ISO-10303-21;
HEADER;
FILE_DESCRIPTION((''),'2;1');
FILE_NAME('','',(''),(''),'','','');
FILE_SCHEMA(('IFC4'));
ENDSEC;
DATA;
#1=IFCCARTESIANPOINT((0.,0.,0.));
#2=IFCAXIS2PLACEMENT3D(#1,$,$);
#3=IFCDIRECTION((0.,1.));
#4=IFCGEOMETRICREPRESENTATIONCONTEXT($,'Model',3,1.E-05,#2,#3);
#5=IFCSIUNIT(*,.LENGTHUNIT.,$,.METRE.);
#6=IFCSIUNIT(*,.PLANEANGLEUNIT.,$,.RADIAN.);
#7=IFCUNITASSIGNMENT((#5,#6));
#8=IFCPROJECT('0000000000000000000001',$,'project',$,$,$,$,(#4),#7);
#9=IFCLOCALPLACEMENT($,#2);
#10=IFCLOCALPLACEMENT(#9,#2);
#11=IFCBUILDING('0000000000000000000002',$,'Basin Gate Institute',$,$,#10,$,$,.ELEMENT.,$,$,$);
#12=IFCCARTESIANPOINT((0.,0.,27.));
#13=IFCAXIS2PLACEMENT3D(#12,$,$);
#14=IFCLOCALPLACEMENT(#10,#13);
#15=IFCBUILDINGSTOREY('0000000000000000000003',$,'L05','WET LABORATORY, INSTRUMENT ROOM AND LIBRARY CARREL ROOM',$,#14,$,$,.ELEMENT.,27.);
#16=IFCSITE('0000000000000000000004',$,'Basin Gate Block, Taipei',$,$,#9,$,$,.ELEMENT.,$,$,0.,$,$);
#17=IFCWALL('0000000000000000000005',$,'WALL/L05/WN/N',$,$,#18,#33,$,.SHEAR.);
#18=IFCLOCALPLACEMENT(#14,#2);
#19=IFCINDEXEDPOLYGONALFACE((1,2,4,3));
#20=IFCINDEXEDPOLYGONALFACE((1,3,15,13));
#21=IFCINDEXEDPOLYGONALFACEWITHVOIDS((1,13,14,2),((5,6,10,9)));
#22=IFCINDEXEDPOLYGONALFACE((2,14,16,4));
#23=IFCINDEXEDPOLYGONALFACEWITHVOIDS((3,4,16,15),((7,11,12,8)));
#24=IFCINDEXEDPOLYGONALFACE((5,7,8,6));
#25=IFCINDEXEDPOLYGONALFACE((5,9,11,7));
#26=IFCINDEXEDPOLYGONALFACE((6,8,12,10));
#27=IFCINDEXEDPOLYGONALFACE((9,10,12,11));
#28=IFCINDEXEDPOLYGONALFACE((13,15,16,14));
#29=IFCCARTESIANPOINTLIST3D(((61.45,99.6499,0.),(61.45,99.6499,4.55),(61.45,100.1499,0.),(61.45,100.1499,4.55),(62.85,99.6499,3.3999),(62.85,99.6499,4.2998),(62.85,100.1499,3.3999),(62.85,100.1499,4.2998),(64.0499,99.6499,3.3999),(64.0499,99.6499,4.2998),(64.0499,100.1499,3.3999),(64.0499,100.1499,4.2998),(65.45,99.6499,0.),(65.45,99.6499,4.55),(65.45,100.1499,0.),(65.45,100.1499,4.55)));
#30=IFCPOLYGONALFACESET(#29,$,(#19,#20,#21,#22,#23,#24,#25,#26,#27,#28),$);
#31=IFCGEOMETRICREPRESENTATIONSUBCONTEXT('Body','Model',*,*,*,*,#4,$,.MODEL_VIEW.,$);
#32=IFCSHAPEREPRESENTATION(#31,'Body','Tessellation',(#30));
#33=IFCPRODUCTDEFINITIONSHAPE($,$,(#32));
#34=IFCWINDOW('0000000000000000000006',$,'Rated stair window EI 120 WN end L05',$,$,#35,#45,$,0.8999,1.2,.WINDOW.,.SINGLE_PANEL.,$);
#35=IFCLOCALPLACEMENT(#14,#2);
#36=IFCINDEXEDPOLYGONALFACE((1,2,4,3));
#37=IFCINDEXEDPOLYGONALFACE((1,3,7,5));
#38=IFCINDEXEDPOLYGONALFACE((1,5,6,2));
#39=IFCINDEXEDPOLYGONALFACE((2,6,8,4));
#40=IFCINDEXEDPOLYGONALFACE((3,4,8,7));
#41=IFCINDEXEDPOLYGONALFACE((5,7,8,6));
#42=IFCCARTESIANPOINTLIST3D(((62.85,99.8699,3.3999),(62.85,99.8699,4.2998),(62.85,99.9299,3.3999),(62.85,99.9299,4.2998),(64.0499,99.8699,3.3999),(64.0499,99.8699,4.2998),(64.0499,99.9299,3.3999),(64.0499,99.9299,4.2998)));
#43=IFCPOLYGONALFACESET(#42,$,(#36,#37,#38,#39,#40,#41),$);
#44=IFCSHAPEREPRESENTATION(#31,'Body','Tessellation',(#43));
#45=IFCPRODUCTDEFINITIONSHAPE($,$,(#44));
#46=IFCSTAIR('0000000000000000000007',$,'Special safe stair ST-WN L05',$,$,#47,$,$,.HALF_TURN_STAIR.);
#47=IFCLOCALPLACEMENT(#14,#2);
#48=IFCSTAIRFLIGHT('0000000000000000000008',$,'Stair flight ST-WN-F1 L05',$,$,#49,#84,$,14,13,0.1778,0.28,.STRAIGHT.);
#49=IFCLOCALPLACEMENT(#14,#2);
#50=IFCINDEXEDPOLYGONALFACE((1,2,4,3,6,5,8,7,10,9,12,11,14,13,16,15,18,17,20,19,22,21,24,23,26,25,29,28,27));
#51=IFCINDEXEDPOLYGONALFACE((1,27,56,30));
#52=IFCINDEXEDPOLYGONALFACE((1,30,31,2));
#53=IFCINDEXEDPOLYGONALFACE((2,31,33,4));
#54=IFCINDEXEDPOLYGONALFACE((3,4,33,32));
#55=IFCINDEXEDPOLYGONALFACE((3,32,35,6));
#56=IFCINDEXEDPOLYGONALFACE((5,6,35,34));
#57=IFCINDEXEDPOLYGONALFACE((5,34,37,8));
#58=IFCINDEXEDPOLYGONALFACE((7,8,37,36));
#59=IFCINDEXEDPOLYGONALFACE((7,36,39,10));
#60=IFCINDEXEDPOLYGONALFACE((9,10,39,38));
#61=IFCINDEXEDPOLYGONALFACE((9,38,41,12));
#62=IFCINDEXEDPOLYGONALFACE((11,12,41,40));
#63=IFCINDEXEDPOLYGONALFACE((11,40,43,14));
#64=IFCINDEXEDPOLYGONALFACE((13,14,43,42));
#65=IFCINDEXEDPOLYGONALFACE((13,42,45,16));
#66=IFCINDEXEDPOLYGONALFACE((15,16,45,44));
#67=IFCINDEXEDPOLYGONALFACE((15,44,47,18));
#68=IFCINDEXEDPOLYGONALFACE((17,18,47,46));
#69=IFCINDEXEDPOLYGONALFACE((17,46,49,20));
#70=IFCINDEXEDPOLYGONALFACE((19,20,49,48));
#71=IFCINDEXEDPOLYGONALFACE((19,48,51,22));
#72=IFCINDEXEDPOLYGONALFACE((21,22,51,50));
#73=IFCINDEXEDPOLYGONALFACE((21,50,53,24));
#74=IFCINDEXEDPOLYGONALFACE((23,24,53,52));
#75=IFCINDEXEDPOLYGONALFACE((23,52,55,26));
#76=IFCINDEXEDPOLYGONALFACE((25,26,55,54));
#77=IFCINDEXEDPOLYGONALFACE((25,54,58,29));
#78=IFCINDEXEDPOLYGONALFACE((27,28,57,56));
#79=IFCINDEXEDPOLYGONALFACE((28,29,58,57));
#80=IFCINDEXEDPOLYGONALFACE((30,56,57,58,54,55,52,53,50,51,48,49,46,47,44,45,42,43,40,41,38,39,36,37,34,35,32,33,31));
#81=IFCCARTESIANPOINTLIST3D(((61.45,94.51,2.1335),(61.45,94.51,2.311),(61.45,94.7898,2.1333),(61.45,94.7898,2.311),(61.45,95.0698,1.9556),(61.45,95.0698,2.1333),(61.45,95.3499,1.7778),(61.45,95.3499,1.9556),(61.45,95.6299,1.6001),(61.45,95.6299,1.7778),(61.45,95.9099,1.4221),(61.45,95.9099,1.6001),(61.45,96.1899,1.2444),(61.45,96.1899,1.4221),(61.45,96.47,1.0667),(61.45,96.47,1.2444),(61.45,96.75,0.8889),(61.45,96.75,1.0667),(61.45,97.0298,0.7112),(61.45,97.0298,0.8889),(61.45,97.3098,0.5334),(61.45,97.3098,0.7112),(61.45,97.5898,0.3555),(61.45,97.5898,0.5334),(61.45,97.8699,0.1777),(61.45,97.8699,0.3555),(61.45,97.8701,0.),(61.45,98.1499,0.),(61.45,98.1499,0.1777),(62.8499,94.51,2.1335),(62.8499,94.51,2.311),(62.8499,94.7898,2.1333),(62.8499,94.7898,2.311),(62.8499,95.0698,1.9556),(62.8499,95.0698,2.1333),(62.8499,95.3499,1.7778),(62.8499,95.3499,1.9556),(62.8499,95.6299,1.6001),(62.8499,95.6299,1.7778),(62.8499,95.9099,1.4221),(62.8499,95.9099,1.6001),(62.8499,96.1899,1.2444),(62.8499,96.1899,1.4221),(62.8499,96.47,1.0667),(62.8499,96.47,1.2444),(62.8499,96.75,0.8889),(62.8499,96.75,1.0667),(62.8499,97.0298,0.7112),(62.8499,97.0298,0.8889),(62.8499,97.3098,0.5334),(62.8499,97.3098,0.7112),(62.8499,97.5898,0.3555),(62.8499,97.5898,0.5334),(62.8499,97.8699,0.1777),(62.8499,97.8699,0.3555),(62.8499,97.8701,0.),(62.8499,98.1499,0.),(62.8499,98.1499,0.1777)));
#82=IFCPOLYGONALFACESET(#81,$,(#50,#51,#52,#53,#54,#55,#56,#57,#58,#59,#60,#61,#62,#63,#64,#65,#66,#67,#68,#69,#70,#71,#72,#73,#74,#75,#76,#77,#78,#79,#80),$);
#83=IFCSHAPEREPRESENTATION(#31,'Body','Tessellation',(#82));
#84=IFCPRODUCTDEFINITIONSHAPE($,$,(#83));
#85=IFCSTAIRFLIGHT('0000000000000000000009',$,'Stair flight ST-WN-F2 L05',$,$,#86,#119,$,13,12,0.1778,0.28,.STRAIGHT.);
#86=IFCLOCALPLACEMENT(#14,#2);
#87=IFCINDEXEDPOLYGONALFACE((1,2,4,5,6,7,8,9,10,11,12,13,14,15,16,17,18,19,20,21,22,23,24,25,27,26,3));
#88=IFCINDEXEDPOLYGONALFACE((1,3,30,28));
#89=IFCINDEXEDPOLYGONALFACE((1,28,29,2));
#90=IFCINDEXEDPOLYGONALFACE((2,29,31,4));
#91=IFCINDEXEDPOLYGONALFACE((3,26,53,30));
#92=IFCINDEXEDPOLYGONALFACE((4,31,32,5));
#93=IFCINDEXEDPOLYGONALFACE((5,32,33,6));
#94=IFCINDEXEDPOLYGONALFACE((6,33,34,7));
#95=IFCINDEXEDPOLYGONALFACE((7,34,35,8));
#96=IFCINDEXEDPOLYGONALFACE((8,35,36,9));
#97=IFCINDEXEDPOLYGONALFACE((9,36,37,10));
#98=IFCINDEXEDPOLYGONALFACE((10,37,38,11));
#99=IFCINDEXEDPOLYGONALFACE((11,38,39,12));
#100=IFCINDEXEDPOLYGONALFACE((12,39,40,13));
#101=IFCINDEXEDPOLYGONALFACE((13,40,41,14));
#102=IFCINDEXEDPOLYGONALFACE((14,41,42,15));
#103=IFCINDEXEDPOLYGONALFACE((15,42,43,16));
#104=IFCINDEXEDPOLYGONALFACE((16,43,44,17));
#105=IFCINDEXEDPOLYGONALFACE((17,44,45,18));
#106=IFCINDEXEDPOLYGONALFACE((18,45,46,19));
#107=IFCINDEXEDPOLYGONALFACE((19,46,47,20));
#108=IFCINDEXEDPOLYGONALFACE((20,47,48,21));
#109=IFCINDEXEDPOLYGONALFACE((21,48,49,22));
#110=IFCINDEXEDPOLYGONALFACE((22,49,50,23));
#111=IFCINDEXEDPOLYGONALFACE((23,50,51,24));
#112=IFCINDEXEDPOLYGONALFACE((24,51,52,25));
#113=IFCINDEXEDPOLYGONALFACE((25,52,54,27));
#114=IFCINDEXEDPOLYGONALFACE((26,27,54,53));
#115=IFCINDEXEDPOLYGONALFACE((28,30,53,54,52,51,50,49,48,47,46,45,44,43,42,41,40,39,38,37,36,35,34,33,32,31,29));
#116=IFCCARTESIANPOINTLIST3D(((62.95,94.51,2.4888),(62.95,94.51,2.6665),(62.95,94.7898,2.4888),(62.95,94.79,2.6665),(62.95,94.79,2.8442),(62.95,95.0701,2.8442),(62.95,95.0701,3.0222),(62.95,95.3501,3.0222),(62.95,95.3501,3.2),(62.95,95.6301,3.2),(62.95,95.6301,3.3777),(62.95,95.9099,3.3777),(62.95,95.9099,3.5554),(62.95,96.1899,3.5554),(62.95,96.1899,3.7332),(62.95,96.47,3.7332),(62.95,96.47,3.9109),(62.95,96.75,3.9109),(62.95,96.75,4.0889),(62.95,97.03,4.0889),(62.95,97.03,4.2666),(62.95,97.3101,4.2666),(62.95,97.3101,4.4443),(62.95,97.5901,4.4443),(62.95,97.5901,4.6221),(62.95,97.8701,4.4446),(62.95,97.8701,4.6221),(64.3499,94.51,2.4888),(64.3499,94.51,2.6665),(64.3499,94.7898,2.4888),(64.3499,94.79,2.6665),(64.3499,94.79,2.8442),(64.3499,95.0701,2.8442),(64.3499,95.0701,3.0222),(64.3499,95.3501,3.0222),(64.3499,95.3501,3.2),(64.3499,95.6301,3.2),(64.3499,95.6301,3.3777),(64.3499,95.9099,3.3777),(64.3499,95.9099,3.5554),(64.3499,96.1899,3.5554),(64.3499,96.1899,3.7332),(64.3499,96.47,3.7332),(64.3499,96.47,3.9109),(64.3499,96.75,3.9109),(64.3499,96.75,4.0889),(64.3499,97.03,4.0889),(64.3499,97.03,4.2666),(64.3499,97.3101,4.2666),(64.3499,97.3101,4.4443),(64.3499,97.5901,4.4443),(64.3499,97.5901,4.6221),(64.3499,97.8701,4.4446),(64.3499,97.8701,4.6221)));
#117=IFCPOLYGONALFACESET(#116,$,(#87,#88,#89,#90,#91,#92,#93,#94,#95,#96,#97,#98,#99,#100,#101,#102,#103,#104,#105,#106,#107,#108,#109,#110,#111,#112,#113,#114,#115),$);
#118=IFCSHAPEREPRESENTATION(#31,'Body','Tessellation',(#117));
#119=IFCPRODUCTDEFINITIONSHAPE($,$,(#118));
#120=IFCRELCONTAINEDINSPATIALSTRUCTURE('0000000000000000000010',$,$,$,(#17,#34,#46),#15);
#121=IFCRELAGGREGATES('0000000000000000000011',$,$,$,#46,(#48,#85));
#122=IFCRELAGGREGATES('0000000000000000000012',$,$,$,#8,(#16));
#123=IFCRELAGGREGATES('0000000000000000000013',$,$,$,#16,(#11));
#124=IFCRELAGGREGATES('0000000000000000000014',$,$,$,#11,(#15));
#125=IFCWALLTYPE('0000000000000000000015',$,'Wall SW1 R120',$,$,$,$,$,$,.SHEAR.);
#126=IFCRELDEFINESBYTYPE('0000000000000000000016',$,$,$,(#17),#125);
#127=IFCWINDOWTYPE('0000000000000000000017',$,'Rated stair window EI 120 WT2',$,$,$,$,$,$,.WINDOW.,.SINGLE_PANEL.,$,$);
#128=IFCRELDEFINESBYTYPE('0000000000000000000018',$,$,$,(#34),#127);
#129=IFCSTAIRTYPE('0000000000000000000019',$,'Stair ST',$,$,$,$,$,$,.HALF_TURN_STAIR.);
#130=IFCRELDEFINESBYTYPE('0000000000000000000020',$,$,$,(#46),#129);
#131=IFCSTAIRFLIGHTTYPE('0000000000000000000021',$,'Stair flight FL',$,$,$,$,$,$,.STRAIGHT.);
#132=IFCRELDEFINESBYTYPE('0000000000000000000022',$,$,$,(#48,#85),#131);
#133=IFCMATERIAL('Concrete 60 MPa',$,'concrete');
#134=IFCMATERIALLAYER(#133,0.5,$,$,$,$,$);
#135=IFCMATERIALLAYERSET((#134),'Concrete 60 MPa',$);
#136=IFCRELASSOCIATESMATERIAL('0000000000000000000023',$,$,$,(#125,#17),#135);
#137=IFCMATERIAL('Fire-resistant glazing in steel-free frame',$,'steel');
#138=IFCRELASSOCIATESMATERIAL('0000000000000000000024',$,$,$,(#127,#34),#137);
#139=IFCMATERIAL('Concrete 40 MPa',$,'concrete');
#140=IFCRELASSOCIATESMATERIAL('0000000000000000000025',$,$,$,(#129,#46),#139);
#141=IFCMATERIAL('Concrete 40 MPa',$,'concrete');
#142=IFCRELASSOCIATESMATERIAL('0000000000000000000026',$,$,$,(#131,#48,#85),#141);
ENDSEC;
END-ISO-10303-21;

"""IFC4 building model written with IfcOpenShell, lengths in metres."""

from ifc_helpers import new_model, si_unit, direction, frame, frame_2d, origin, place, context, subcontext, project, spatial, polyline, rectangle, outline, extrude, material, layer, layer_set, type_object, element, fill, aggregate, save


model = new_model("IFC4")

# Units and contexts
model_context = context("Model", 3, precision=1e-05, world=origin(), true_north=direction((0.0, 1.0)))
body_context = subcontext(model_context, "Body", "Model", "MODEL_VIEW")
ifc_project = project(units=[si_unit("LENGTHUNIT", "METRE"), si_unit("PLANEANGLEUNIT", "RADIAN")], contexts=[model_context])

# Site, building, storey
site_placement = place(None, origin())
site = spatial("IfcSite", under=ifc_project, at=site_placement, Name="Basin Gate Block, Taipei", CompositionType="ELEMENT", RefElevation=0.0)
building_placement = place(site_placement, origin())
building = spatial("IfcBuilding", under=site, at=building_placement, Name="Basin Gate Institute", CompositionType="ELEMENT")
storey_placement = place(building_placement, frame((0.0, 0.0, 27.0)))
storey = spatial("IfcBuildingStorey", under=building, at=storey_placement, Name="L05", Description="WET LABORATORY, INSTRUMENT ROOM AND LIBRARY CARREL ROOM", CompositionType="ELEMENT", Elevation=27.0)

# Shared definitions
ifc_material_1 = material(Name="Concrete 60 MPa", Category="concrete")
ifc_layer_1 = layer(ifc_material_1, 0.5)
ifc_layer_set_1 = layer_set([ifc_layer_1], Name="Concrete 60 MPa")
wall_type_1 = type_object("IfcWallType", Name="Wall SW1 R120", PredefinedType="SHEAR", material=ifc_layer_set_1)

# Wall, opening, window
wall_1_placement = place(storey_placement, frame((61.45, 99.8999, 0.0), z_axis=(0.0, 0.0, 1.0), x_axis=(1.0, 0.0, 0.0)))
wall_1 = element("IfcWall", 1, at=wall_1_placement, inside=storey, type_object=wall_type_1, material=ifc_layer_set_1, Name="WALL/L05/WN/N", PredefinedType="SHEAR", context=body_context, shape_type="SweptSolid", body=[
    extrude(rectangle(XDim=4.0, YDim=0.5, at=frame_2d((2.0, 0.0))), origin(), (0.0, 0.0, 1.0), 4.55),
])
opening_placement = place(wall_1_placement, frame((1.3999, 0.0, 3.3999)))
opening = element("IfcOpeningElement", 2, at=opening_placement, cuts=wall_1, PredefinedType="OPENING", context=body_context, shape_type="SweptSolid", body=[
    extrude(rectangle(XDim=1.2, YDim=0.8999, at=frame_2d((0.6001, 0.45))), frame((0.0, 0.26, 0.0), z_axis=(0.0, -1.0, 0.0), x_axis=(1.0, 0.0, 0.0)), (0.0, 0.0, 1.0), 0.52),
])
ifc_material_2 = material(Name="Fire-resistant glazing in steel-free frame", Category="steel")
window_type = type_object("IfcWindowType", Name="Rated stair window EI 120 WT2", PartitioningType="SINGLE_PANEL", PredefinedType="WINDOW", material=ifc_material_2)
window_placement = place(opening_placement, origin())
window = element("IfcWindow", 3, at=window_placement, inside=storey, type_object=window_type, material=ifc_material_2, Name="Rated stair window EI 120 WN end L05", OverallHeight=0.8999, OverallWidth=1.2, PartitioningType="SINGLE_PANEL", PredefinedType="WINDOW", context=body_context, shape_type="SweptSolid", body=[
    extrude(rectangle(XDim=1.2, YDim=0.8999, at=frame_2d((0.6001, 0.45))), frame((0.0, 0.03, 0.0), z_axis=(0.0, -1.0, 0.0), x_axis=(1.0, 0.0, 0.0)), (0.0, 0.0, 1.0), 0.0601),
])
fill(opening, window)

# Stair, stair flights
ifc_material_3 = material(Name="Concrete 40 MPa", Category="concrete")
stair_type = type_object("IfcStairType", Name="Stair ST", PredefinedType="HALF_TURN_STAIR", material=ifc_material_3)
stair_placement = place(storey_placement, origin())
stair = element("IfcStair", 4, at=stair_placement, inside=storey, type_object=stair_type, material=ifc_material_3, Name="Special safe stair ST-WN L05", PredefinedType="HALF_TURN_STAIR")
ifc_material_4 = material(Name="Concrete 40 MPa", Category="concrete")
stair_flight_type = type_object("IfcStairFlightType", Name="Stair flight FL", PredefinedType="STRAIGHT", material=ifc_material_4)
stair_flight_1_placement = place(storey_placement, frame((62.1499, 98.1499, 0.0), z_axis=(0.0, 0.0, 1.0), x_axis=(0.0, -1.0, 0.0)))
stair_flight_1 = element("IfcStairFlight", 5, at=stair_flight_1_placement, type_object=stair_flight_type, material=ifc_material_4, Name="Stair flight ST-WN-F1 L05", NumberOfRisers=14, NumberOfTreads=13, PredefinedType="STRAIGHT", RiserHeight=0.1778, TreadLength=0.28, context=body_context, shape_type="SweptSolid", body=[
    extrude(outline(polyline([(0.0, 0.0), (0.0, 0.1777), (0.28, 0.1777), (0.28, 0.3555), (0.5601, 0.3555), (0.5601, 0.5334), (0.8401, 0.5334), (0.8401, 0.7112), (1.1201, 0.7112), (1.1201, 0.8889), (1.3999, 0.8889), (1.3999, 1.0667), (1.6799, 1.0667), (1.6799, 1.2444), (1.96, 1.2444), (1.96, 1.4221), (2.24, 1.4221), (2.24, 1.6001), (2.52, 1.6001), (2.52, 1.7778), (2.8, 1.7778), (2.8, 1.9556), (3.0801, 1.9556), (3.0801, 2.1333), (3.3601, 2.1333), (3.3601, 2.311), (3.6399, 2.311), (3.6399, 2.4888), (3.6399, 2.1335), (0.2798, 0.0), (0.0, 0.0)])), frame((0.0, 0.7, 0.0), z_axis=(0.0, -1.0, 0.0), x_axis=(1.0, 0.0, 0.0)), (0.0, 0.0, 1.0), 1.3999),
])
stair_flight_2_placement = place(storey_placement, frame((63.6499, 94.51, 2.4888), z_axis=(0.0, 0.0, 1.0), x_axis=(0.0, 1.0, 0.0)))
stair_flight_2 = element("IfcStairFlight", 6, at=stair_flight_2_placement, type_object=stair_flight_type, material=ifc_material_4, Name="Stair flight ST-WN-F2 L05", NumberOfRisers=13, NumberOfTreads=12, PredefinedType="STRAIGHT", RiserHeight=0.1778, TreadLength=0.28, context=body_context, shape_type="SweptSolid", body=[
    extrude(outline(polyline([(0.0, 0.0), (0.0, 0.1777), (0.28, 0.1777), (0.28, 0.3555), (0.5601, 0.3555), (0.5601, 0.5334), (0.8401, 0.5334), (0.8401, 0.7112), (1.1201, 0.7112), (1.1201, 0.8889), (1.3999, 0.8889), (1.3999, 1.0667), (1.6799, 1.0667), (1.6799, 1.2444), (1.96, 1.2444), (1.96, 1.4221), (2.24, 1.4221), (2.24, 1.6001), (2.52, 1.6001), (2.52, 1.7778), (2.8, 1.7778), (2.8, 1.9556), (3.0801, 1.9556), (3.0801, 2.1333), (3.3601, 2.1333), (3.3601, 2.311), (3.3601, 1.9558), (0.2798, 0.0), (0.0, 0.0)])), frame((0.0, 0.7, 0.0), z_axis=(0.0, -1.0, 0.0), x_axis=(1.0, 0.0, 0.0)), (0.0, 0.0, 1.0), 1.3999),
])
aggregate(stair, [stair_flight_1, stair_flight_2])

save(model, "model.ifc")
